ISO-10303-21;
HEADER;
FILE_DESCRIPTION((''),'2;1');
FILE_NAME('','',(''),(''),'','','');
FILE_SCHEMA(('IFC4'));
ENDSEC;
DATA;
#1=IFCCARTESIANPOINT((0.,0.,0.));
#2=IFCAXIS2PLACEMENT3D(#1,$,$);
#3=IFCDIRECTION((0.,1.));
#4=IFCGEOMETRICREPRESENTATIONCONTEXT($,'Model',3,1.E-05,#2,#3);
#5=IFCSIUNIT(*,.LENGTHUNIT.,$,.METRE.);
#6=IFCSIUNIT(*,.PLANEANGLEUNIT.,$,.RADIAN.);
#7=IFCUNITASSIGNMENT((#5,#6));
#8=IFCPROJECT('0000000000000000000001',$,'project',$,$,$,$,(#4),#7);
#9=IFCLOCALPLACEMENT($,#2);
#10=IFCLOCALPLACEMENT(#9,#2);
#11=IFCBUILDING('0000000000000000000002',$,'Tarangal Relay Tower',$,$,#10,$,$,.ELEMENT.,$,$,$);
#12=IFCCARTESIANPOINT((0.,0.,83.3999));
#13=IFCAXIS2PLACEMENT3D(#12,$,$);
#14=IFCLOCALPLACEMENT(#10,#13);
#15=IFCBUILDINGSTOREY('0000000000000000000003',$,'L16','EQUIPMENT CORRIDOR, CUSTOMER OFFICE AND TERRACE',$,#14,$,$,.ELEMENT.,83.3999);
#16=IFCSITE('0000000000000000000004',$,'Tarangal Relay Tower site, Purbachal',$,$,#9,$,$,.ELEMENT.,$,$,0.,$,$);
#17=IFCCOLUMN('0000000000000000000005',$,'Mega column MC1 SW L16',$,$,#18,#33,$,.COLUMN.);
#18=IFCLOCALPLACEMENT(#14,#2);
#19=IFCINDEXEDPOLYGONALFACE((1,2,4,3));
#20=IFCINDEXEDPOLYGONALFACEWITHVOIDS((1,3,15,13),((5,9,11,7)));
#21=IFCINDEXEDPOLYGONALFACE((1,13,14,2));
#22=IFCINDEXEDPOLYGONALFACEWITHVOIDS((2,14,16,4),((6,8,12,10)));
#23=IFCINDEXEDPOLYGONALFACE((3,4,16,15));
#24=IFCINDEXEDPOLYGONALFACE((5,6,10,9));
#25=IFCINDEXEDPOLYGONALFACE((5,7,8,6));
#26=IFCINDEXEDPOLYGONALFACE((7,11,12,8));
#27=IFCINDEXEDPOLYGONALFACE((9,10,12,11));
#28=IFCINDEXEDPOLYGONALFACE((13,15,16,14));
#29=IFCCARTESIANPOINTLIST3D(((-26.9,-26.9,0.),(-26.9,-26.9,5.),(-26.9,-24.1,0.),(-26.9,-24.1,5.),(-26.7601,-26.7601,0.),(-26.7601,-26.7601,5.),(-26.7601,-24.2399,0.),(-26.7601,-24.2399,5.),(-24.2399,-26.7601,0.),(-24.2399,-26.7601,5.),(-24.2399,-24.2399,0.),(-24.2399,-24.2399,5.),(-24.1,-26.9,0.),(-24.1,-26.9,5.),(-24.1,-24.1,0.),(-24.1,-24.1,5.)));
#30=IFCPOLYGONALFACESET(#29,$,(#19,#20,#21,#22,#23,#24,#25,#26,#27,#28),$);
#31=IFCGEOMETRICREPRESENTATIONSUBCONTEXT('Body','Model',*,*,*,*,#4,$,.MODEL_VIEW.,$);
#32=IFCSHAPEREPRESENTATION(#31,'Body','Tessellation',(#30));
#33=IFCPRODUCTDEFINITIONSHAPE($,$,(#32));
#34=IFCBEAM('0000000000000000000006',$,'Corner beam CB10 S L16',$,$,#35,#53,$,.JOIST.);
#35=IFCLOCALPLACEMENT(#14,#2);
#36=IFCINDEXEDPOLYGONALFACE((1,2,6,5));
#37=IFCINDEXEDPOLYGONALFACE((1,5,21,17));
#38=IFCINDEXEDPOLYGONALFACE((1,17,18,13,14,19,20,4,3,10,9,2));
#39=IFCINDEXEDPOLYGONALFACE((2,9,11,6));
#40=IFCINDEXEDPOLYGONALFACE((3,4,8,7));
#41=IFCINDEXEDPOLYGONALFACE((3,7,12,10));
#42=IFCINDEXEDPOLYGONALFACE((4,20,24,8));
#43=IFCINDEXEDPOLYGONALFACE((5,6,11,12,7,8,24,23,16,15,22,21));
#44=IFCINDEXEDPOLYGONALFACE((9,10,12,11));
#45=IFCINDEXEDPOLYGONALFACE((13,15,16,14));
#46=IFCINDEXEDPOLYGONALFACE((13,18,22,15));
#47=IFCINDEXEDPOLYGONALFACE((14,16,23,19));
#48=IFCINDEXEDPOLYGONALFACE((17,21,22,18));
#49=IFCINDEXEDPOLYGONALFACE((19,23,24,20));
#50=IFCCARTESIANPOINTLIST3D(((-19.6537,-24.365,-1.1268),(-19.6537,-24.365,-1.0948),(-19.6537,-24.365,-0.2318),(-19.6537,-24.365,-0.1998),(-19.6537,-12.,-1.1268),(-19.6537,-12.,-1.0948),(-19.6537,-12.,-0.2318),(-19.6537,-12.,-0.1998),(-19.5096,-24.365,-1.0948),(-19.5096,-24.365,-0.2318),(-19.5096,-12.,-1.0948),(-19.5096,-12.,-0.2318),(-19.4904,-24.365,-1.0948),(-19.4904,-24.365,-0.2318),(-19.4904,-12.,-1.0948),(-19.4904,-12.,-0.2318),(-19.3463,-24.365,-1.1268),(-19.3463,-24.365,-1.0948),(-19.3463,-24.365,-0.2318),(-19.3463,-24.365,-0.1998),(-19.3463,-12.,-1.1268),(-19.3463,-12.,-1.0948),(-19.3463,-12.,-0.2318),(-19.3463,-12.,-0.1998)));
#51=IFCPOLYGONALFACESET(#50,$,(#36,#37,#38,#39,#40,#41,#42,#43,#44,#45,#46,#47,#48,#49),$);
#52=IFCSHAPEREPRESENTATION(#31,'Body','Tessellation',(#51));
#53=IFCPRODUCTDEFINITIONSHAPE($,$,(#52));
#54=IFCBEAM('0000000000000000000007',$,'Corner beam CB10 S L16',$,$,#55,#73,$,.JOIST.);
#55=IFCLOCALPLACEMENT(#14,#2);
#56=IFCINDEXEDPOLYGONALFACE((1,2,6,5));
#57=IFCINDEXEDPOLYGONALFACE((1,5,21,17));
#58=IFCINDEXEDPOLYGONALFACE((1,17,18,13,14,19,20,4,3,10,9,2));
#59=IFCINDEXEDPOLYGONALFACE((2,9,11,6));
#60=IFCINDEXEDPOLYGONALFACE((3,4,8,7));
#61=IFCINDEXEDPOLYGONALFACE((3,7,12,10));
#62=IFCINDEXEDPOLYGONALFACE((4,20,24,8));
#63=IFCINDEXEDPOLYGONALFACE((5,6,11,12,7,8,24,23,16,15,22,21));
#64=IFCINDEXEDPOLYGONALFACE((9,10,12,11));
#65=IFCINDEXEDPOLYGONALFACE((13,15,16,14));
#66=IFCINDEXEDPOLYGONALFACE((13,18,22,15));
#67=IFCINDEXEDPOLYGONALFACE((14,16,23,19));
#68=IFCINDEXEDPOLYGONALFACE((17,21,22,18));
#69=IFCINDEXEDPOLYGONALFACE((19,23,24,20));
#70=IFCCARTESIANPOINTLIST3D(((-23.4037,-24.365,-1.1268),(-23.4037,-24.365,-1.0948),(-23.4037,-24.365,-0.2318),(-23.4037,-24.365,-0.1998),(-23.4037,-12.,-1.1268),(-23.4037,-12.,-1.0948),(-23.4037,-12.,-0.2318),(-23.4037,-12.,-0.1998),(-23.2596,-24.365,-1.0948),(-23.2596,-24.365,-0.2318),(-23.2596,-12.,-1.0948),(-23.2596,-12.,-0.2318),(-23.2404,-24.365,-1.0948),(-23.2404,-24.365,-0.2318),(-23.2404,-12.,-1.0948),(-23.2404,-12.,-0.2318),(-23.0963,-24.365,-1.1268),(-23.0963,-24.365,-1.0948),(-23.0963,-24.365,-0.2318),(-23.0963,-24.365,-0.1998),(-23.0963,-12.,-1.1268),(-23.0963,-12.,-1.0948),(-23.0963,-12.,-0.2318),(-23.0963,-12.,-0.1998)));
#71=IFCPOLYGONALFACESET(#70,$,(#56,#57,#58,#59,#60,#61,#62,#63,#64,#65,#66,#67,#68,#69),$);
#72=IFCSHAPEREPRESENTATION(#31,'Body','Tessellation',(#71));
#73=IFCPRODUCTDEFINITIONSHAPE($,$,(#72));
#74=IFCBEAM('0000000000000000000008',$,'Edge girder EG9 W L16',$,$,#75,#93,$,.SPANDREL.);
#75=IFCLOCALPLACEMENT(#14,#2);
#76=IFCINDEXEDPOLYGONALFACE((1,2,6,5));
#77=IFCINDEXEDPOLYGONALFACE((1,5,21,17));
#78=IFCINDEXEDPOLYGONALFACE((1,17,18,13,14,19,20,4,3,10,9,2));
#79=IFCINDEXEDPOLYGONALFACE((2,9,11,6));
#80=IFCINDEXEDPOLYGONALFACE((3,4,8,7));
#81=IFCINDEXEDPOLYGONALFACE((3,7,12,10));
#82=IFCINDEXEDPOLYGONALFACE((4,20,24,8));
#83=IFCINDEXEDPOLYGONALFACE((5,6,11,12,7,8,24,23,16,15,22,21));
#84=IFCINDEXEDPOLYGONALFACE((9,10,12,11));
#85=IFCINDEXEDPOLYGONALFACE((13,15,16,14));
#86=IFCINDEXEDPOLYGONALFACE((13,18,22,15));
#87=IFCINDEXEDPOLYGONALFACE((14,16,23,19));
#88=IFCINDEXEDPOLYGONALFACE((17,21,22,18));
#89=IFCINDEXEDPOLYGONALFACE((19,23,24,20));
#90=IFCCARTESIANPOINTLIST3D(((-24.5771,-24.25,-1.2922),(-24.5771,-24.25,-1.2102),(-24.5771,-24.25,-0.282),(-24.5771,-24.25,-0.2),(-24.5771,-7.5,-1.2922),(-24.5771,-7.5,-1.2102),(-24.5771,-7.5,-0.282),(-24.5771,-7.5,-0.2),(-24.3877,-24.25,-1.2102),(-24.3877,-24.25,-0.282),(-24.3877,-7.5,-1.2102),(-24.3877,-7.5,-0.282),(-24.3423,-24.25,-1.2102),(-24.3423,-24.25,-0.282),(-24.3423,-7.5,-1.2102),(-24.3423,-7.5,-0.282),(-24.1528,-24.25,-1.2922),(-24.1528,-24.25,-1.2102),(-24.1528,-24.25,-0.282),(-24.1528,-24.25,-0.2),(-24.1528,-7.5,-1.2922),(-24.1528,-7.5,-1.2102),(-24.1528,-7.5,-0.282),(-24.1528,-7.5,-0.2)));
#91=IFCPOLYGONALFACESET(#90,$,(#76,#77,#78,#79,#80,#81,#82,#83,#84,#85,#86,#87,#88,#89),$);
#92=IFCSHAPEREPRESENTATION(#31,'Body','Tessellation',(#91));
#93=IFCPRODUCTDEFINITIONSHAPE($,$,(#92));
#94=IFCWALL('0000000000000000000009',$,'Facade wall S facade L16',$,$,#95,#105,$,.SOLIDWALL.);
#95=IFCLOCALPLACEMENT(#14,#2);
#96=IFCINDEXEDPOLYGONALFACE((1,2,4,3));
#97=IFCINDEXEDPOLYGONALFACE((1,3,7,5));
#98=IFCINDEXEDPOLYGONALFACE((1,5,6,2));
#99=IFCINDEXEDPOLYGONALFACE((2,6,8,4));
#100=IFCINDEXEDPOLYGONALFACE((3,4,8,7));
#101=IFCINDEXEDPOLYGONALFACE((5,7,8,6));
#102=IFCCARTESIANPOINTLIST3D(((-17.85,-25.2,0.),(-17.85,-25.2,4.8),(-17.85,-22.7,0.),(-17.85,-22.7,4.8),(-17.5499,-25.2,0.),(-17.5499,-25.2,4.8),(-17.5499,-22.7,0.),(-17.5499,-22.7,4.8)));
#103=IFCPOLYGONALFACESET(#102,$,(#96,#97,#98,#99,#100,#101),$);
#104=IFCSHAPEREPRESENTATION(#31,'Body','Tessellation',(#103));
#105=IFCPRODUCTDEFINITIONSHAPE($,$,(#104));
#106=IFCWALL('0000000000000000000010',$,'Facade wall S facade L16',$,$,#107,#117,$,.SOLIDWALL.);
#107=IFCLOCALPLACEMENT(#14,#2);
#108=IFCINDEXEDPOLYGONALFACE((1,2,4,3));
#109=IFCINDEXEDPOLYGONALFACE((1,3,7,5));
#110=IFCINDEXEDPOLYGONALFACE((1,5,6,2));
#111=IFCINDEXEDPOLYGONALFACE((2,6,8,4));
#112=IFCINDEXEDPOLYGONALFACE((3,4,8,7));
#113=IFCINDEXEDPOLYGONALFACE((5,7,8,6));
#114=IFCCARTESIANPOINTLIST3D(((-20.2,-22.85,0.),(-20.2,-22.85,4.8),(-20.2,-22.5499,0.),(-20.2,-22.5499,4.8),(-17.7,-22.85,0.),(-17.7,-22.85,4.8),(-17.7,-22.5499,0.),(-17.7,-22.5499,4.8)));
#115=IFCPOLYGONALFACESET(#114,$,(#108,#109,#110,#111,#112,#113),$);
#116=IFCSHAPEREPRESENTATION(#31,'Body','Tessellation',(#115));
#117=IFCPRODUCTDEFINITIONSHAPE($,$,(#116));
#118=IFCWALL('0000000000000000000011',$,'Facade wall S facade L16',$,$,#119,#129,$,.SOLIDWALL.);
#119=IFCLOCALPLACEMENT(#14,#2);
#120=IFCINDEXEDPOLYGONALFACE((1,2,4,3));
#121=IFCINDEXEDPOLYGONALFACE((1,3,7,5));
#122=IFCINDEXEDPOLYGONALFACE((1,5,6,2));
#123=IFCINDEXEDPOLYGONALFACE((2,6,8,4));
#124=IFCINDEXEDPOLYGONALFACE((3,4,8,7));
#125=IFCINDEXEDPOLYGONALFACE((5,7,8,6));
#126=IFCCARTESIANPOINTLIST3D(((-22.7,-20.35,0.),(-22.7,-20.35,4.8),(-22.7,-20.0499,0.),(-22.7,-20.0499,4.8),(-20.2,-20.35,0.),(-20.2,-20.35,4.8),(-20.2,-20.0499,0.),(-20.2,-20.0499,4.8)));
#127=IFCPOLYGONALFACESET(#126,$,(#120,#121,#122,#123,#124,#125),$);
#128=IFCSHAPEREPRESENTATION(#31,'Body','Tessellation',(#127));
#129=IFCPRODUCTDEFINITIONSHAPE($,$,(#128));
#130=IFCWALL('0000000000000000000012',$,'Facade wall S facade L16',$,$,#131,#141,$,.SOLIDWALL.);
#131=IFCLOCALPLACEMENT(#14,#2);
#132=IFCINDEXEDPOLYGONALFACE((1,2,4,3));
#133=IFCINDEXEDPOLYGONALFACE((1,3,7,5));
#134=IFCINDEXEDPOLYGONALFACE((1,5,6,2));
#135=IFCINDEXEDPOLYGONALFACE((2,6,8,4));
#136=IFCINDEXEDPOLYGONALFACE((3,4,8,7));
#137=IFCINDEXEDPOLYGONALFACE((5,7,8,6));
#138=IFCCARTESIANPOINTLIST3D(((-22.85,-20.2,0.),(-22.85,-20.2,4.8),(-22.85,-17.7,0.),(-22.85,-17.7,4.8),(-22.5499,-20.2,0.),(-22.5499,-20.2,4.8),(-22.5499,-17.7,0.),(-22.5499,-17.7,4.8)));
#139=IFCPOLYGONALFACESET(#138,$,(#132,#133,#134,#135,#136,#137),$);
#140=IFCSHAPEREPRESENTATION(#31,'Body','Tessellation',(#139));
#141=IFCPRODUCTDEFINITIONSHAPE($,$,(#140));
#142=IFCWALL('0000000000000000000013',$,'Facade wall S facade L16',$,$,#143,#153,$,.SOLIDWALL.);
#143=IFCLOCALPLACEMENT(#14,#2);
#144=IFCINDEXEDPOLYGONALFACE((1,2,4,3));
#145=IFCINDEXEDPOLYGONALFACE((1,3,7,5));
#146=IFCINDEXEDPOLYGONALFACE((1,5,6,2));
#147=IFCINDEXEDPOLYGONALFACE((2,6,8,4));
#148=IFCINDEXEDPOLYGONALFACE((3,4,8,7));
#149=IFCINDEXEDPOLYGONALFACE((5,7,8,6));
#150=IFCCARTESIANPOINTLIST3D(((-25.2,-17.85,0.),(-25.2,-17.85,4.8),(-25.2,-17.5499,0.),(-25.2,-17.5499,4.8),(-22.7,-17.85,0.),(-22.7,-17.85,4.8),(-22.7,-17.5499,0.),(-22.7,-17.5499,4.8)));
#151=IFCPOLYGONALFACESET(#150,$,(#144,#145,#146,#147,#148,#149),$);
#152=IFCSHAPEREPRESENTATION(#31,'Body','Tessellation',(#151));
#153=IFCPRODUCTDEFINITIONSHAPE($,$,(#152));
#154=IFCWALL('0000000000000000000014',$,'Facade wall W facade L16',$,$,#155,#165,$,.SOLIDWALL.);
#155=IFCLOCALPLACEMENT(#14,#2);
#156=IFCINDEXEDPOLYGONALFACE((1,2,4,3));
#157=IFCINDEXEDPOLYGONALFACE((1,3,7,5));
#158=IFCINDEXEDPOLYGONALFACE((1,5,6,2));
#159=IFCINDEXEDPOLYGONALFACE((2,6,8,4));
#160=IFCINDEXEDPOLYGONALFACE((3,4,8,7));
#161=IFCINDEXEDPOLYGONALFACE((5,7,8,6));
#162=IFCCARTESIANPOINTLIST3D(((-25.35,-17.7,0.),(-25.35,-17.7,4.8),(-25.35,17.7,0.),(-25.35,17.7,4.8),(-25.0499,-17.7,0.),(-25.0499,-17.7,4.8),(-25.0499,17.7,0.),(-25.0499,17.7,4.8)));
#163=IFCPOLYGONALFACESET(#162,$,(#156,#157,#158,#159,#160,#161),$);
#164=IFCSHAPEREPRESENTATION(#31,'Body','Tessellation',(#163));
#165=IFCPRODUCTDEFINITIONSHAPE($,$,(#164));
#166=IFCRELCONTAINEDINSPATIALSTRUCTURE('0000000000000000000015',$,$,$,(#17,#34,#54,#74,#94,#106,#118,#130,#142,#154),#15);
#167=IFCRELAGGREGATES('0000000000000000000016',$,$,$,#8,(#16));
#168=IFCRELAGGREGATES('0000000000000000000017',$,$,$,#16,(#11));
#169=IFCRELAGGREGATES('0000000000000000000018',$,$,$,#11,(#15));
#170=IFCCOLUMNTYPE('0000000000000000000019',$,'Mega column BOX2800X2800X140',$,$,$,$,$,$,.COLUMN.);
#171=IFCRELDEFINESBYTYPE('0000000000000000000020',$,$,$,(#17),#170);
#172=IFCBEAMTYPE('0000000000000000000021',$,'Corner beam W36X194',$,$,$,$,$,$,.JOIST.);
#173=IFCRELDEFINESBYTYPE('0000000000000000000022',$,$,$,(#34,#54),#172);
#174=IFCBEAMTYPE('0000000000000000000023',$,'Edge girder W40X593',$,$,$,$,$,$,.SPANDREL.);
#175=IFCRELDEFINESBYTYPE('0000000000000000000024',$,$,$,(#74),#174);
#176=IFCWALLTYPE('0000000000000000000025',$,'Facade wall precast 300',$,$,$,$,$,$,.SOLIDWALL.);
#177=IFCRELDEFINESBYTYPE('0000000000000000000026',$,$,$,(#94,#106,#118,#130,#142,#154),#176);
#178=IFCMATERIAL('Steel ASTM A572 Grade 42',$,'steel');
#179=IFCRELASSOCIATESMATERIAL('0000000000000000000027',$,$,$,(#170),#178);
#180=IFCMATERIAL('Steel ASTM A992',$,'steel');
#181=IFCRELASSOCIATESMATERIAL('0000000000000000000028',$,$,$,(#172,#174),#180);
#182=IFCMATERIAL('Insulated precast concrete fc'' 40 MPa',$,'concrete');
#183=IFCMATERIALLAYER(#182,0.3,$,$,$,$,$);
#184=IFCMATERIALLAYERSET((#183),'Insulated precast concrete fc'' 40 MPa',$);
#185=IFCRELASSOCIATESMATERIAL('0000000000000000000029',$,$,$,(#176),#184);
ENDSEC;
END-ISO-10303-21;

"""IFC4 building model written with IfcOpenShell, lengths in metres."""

from ifc_helpers import new_model, si_unit, direction, frame, frame_2d, origin, origin_2d, place, context, subcontext, project, spatial, rectangle, hollow_rectangle, i_section, extrude, material, layer, layer_set, material_profile, profile_set, type_object, element, save


model = new_model("IFC4")

# Units and contexts
model_context = context("Model", 3, precision=1e-05, world=origin(), true_north=direction((0.0, 1.0)))
body_context = subcontext(model_context, "Body", "Model", "MODEL_VIEW")
ifc_project = project(units=[si_unit("LENGTHUNIT", "METRE"), si_unit("PLANEANGLEUNIT", "RADIAN")], contexts=[model_context])

# Site, building, storey
site_placement = place(None, origin())
site = spatial("IfcSite", under=ifc_project, at=site_placement, Name="Tarangal Relay Tower site, Purbachal", CompositionType="ELEMENT", RefElevation=0.0)
building_placement = place(site_placement, origin())
building = spatial("IfcBuilding", under=site, at=building_placement, Name="Tarangal Relay Tower", CompositionType="ELEMENT")
storey_placement = place(building_placement, frame((0.0, 0.0, 83.3999)))
storey = spatial("IfcBuildingStorey", under=building, at=storey_placement, Name="L16", Description="EQUIPMENT CORRIDOR, CUSTOMER OFFICE AND TERRACE", CompositionType="ELEMENT", Elevation=83.3999)

# Column
ifc_material_1 = material(Name="Steel ASTM A572 Grade 42", Category="steel")
ifc_material_profile_1 = material_profile(ifc_material_1, hollow_rectangle(XDim=2.8, YDim=2.8, WallThickness=0.1399, at=origin_2d()), Name="BOX2800X2800X140")
ifc_profile_set_1 = profile_set([ifc_material_profile_1], Name="Steel ASTM A572 Grade 42")
column_type = type_object("IfcColumnType", Name="Mega column BOX2800X2800X140", PredefinedType="COLUMN", material=ifc_profile_set_1)
column_placement = place(storey_placement, frame((-25.5, -25.5, 0.0), z_axis=(0.0, 0.0, 1.0), x_axis=(1.0, 0.0, 0.0)))
element("IfcColumn", 1, at=column_placement, inside=storey, type_object=column_type, Name="Mega column MC1 SW L16", PredefinedType="COLUMN", context=body_context, shape_type="SweptSolid", body=[
    extrude(hollow_rectangle(XDim=2.8, YDim=2.8, WallThickness=0.1399, at=origin_2d()), origin(), (0.0, 0.0, 1.0), 5.0),
])

# Beams
ifc_material_2 = material(Name="Steel ASTM A992", Category="steel")
ifc_material_profile_2 = material_profile(ifc_material_2, i_section(OverallWidth=0.3074, OverallDepth=0.927, WebThickness=0.0193, FlangeThickness=0.032, at=origin_2d()), Name="W36X194")
ifc_profile_set_2 = profile_set([ifc_material_profile_2], Name="Steel ASTM A992")
beam_type_1 = type_object("IfcBeamType", Name="Corner beam W36X194", PredefinedType="JOIST", material=ifc_profile_set_2)
for number, where, z_axis, x_axis, name in (
    (2, (-19.5, -12.0, -0.6633), (0.0, -1.0, 0.0), (1.0, 0.0, 0.0), "Corner beam CB10 S L16"),
    (3, (-23.25, -12.0, -0.6633), (0.0, -1.0, 0.0), (1.0, 0.0, 0.0), "Corner beam CB10 S L16"),
):
    element("IfcBeam", number, at=place(storey_placement, frame(where, z_axis=z_axis, x_axis=x_axis)), inside=storey, type_object=beam_type_1, Name=name, PredefinedType="JOIST", context=body_context, shape_type="SweptSolid", body=[
        extrude(i_section(OverallWidth=0.3074, OverallDepth=0.927, WebThickness=0.0193, FlangeThickness=0.032, at=origin_2d()), origin(), (0.0, 0.0, 1.0), 12.365),
    ])
ifc_material_profile_3 = material_profile(ifc_material_2, i_section(OverallWidth=0.4243, OverallDepth=1.0923, WebThickness=0.0454, FlangeThickness=0.082, at=origin_2d()), Name="W40X593")
ifc_profile_set_3 = profile_set([ifc_material_profile_3], Name="Steel ASTM A992")
beam_type_2 = type_object("IfcBeamType", Name="Edge girder W40X593", PredefinedType="SPANDREL", material=ifc_profile_set_3)
beam_placement = place(storey_placement, frame((-24.365, -24.25, -0.7461), z_axis=(0.0, 1.0, 0.0), x_axis=(-1.0, 0.0, 0.0)))
element("IfcBeam", 4, at=beam_placement, inside=storey, type_object=beam_type_2, Name="Edge girder EG9 W L16", PredefinedType="SPANDREL", context=body_context, shape_type="SweptSolid", body=[
    extrude(i_section(OverallWidth=0.4243, OverallDepth=1.0923, WebThickness=0.0454, FlangeThickness=0.082, at=origin_2d()), origin(), (0.0, 0.0, 1.0), 16.75),
])

# Walls
ifc_material_3 = material(Name="Insulated precast concrete fc' 40 MPa", Category="concrete")
ifc_layer_1 = layer(ifc_material_3, 0.3)
ifc_layer_set_1 = layer_set([ifc_layer_1], Name="Insulated precast concrete fc' 40 MPa")
wall_type_1 = type_object("IfcWallType", Name="Facade wall precast 300", PredefinedType="SOLIDWALL", material=ifc_layer_set_1)
for number, where, z_axis, x_axis, name in (
    (5, (-17.7, -25.2, 0.0), (0.0, 0.0, 1.0), (0.0, 1.0, 0.0), "Facade wall S facade L16"),
    (6, (-17.7, -22.7, 0.0), (0.0, 0.0, 1.0), (-1.0, 0.0, 0.0), "Facade wall S facade L16"),
):
    element("IfcWall", number, at=place(storey_placement, frame(where, z_axis=z_axis, x_axis=x_axis)), inside=storey, type_object=wall_type_1, Name=name, PredefinedType="SOLIDWALL", context=body_context, shape_type="SweptSolid", body=[
        extrude(rectangle(XDim=2.5, YDim=0.3, at=frame_2d((1.25, 0.0))), origin(), (0.0, 0.0, 1.0), 4.8),
    ])

# Walls
for number, where, z_axis, x_axis, name in (
    (7, (-20.2, -20.2, 0.0), (0.0, 0.0, 1.0), (-1.0, 0.0, 0.0), "Facade wall S facade L16"),
    (8, (-22.7, -20.2, 0.0), (0.0, 0.0, 1.0), (0.0, 1.0, 0.0), "Facade wall S facade L16"),
    (9, (-22.7, -17.7, 0.0), (0.0, 0.0, 1.0), (-1.0, 0.0, 0.0), "Facade wall S facade L16"),
):
    element("IfcWall", number, at=place(storey_placement, frame(where, z_axis=z_axis, x_axis=x_axis)), inside=storey, type_object=wall_type_1, Name=name, PredefinedType="SOLIDWALL", context=body_context, shape_type="SweptSolid", body=[
        extrude(rectangle(XDim=2.5, YDim=0.3, at=frame_2d((1.25, 0.0))), origin(), (0.0, 0.0, 1.0), 4.8),
    ])
wall_1_placement = place(storey_placement, frame((-25.2, -17.7, 0.0), z_axis=(0.0, 0.0, 1.0), x_axis=(0.0, 1.0, 0.0)))
element("IfcWall", 10, at=wall_1_placement, inside=storey, type_object=wall_type_1, Name="Facade wall W facade L16", PredefinedType="SOLIDWALL", context=body_context, shape_type="SweptSolid", body=[
    extrude(rectangle(XDim=35.3999, YDim=0.3, at=frame_2d((17.7, 0.0))), origin(), (0.0, 0.0, 1.0), 4.8),
])

save(model, "model.ifc")
